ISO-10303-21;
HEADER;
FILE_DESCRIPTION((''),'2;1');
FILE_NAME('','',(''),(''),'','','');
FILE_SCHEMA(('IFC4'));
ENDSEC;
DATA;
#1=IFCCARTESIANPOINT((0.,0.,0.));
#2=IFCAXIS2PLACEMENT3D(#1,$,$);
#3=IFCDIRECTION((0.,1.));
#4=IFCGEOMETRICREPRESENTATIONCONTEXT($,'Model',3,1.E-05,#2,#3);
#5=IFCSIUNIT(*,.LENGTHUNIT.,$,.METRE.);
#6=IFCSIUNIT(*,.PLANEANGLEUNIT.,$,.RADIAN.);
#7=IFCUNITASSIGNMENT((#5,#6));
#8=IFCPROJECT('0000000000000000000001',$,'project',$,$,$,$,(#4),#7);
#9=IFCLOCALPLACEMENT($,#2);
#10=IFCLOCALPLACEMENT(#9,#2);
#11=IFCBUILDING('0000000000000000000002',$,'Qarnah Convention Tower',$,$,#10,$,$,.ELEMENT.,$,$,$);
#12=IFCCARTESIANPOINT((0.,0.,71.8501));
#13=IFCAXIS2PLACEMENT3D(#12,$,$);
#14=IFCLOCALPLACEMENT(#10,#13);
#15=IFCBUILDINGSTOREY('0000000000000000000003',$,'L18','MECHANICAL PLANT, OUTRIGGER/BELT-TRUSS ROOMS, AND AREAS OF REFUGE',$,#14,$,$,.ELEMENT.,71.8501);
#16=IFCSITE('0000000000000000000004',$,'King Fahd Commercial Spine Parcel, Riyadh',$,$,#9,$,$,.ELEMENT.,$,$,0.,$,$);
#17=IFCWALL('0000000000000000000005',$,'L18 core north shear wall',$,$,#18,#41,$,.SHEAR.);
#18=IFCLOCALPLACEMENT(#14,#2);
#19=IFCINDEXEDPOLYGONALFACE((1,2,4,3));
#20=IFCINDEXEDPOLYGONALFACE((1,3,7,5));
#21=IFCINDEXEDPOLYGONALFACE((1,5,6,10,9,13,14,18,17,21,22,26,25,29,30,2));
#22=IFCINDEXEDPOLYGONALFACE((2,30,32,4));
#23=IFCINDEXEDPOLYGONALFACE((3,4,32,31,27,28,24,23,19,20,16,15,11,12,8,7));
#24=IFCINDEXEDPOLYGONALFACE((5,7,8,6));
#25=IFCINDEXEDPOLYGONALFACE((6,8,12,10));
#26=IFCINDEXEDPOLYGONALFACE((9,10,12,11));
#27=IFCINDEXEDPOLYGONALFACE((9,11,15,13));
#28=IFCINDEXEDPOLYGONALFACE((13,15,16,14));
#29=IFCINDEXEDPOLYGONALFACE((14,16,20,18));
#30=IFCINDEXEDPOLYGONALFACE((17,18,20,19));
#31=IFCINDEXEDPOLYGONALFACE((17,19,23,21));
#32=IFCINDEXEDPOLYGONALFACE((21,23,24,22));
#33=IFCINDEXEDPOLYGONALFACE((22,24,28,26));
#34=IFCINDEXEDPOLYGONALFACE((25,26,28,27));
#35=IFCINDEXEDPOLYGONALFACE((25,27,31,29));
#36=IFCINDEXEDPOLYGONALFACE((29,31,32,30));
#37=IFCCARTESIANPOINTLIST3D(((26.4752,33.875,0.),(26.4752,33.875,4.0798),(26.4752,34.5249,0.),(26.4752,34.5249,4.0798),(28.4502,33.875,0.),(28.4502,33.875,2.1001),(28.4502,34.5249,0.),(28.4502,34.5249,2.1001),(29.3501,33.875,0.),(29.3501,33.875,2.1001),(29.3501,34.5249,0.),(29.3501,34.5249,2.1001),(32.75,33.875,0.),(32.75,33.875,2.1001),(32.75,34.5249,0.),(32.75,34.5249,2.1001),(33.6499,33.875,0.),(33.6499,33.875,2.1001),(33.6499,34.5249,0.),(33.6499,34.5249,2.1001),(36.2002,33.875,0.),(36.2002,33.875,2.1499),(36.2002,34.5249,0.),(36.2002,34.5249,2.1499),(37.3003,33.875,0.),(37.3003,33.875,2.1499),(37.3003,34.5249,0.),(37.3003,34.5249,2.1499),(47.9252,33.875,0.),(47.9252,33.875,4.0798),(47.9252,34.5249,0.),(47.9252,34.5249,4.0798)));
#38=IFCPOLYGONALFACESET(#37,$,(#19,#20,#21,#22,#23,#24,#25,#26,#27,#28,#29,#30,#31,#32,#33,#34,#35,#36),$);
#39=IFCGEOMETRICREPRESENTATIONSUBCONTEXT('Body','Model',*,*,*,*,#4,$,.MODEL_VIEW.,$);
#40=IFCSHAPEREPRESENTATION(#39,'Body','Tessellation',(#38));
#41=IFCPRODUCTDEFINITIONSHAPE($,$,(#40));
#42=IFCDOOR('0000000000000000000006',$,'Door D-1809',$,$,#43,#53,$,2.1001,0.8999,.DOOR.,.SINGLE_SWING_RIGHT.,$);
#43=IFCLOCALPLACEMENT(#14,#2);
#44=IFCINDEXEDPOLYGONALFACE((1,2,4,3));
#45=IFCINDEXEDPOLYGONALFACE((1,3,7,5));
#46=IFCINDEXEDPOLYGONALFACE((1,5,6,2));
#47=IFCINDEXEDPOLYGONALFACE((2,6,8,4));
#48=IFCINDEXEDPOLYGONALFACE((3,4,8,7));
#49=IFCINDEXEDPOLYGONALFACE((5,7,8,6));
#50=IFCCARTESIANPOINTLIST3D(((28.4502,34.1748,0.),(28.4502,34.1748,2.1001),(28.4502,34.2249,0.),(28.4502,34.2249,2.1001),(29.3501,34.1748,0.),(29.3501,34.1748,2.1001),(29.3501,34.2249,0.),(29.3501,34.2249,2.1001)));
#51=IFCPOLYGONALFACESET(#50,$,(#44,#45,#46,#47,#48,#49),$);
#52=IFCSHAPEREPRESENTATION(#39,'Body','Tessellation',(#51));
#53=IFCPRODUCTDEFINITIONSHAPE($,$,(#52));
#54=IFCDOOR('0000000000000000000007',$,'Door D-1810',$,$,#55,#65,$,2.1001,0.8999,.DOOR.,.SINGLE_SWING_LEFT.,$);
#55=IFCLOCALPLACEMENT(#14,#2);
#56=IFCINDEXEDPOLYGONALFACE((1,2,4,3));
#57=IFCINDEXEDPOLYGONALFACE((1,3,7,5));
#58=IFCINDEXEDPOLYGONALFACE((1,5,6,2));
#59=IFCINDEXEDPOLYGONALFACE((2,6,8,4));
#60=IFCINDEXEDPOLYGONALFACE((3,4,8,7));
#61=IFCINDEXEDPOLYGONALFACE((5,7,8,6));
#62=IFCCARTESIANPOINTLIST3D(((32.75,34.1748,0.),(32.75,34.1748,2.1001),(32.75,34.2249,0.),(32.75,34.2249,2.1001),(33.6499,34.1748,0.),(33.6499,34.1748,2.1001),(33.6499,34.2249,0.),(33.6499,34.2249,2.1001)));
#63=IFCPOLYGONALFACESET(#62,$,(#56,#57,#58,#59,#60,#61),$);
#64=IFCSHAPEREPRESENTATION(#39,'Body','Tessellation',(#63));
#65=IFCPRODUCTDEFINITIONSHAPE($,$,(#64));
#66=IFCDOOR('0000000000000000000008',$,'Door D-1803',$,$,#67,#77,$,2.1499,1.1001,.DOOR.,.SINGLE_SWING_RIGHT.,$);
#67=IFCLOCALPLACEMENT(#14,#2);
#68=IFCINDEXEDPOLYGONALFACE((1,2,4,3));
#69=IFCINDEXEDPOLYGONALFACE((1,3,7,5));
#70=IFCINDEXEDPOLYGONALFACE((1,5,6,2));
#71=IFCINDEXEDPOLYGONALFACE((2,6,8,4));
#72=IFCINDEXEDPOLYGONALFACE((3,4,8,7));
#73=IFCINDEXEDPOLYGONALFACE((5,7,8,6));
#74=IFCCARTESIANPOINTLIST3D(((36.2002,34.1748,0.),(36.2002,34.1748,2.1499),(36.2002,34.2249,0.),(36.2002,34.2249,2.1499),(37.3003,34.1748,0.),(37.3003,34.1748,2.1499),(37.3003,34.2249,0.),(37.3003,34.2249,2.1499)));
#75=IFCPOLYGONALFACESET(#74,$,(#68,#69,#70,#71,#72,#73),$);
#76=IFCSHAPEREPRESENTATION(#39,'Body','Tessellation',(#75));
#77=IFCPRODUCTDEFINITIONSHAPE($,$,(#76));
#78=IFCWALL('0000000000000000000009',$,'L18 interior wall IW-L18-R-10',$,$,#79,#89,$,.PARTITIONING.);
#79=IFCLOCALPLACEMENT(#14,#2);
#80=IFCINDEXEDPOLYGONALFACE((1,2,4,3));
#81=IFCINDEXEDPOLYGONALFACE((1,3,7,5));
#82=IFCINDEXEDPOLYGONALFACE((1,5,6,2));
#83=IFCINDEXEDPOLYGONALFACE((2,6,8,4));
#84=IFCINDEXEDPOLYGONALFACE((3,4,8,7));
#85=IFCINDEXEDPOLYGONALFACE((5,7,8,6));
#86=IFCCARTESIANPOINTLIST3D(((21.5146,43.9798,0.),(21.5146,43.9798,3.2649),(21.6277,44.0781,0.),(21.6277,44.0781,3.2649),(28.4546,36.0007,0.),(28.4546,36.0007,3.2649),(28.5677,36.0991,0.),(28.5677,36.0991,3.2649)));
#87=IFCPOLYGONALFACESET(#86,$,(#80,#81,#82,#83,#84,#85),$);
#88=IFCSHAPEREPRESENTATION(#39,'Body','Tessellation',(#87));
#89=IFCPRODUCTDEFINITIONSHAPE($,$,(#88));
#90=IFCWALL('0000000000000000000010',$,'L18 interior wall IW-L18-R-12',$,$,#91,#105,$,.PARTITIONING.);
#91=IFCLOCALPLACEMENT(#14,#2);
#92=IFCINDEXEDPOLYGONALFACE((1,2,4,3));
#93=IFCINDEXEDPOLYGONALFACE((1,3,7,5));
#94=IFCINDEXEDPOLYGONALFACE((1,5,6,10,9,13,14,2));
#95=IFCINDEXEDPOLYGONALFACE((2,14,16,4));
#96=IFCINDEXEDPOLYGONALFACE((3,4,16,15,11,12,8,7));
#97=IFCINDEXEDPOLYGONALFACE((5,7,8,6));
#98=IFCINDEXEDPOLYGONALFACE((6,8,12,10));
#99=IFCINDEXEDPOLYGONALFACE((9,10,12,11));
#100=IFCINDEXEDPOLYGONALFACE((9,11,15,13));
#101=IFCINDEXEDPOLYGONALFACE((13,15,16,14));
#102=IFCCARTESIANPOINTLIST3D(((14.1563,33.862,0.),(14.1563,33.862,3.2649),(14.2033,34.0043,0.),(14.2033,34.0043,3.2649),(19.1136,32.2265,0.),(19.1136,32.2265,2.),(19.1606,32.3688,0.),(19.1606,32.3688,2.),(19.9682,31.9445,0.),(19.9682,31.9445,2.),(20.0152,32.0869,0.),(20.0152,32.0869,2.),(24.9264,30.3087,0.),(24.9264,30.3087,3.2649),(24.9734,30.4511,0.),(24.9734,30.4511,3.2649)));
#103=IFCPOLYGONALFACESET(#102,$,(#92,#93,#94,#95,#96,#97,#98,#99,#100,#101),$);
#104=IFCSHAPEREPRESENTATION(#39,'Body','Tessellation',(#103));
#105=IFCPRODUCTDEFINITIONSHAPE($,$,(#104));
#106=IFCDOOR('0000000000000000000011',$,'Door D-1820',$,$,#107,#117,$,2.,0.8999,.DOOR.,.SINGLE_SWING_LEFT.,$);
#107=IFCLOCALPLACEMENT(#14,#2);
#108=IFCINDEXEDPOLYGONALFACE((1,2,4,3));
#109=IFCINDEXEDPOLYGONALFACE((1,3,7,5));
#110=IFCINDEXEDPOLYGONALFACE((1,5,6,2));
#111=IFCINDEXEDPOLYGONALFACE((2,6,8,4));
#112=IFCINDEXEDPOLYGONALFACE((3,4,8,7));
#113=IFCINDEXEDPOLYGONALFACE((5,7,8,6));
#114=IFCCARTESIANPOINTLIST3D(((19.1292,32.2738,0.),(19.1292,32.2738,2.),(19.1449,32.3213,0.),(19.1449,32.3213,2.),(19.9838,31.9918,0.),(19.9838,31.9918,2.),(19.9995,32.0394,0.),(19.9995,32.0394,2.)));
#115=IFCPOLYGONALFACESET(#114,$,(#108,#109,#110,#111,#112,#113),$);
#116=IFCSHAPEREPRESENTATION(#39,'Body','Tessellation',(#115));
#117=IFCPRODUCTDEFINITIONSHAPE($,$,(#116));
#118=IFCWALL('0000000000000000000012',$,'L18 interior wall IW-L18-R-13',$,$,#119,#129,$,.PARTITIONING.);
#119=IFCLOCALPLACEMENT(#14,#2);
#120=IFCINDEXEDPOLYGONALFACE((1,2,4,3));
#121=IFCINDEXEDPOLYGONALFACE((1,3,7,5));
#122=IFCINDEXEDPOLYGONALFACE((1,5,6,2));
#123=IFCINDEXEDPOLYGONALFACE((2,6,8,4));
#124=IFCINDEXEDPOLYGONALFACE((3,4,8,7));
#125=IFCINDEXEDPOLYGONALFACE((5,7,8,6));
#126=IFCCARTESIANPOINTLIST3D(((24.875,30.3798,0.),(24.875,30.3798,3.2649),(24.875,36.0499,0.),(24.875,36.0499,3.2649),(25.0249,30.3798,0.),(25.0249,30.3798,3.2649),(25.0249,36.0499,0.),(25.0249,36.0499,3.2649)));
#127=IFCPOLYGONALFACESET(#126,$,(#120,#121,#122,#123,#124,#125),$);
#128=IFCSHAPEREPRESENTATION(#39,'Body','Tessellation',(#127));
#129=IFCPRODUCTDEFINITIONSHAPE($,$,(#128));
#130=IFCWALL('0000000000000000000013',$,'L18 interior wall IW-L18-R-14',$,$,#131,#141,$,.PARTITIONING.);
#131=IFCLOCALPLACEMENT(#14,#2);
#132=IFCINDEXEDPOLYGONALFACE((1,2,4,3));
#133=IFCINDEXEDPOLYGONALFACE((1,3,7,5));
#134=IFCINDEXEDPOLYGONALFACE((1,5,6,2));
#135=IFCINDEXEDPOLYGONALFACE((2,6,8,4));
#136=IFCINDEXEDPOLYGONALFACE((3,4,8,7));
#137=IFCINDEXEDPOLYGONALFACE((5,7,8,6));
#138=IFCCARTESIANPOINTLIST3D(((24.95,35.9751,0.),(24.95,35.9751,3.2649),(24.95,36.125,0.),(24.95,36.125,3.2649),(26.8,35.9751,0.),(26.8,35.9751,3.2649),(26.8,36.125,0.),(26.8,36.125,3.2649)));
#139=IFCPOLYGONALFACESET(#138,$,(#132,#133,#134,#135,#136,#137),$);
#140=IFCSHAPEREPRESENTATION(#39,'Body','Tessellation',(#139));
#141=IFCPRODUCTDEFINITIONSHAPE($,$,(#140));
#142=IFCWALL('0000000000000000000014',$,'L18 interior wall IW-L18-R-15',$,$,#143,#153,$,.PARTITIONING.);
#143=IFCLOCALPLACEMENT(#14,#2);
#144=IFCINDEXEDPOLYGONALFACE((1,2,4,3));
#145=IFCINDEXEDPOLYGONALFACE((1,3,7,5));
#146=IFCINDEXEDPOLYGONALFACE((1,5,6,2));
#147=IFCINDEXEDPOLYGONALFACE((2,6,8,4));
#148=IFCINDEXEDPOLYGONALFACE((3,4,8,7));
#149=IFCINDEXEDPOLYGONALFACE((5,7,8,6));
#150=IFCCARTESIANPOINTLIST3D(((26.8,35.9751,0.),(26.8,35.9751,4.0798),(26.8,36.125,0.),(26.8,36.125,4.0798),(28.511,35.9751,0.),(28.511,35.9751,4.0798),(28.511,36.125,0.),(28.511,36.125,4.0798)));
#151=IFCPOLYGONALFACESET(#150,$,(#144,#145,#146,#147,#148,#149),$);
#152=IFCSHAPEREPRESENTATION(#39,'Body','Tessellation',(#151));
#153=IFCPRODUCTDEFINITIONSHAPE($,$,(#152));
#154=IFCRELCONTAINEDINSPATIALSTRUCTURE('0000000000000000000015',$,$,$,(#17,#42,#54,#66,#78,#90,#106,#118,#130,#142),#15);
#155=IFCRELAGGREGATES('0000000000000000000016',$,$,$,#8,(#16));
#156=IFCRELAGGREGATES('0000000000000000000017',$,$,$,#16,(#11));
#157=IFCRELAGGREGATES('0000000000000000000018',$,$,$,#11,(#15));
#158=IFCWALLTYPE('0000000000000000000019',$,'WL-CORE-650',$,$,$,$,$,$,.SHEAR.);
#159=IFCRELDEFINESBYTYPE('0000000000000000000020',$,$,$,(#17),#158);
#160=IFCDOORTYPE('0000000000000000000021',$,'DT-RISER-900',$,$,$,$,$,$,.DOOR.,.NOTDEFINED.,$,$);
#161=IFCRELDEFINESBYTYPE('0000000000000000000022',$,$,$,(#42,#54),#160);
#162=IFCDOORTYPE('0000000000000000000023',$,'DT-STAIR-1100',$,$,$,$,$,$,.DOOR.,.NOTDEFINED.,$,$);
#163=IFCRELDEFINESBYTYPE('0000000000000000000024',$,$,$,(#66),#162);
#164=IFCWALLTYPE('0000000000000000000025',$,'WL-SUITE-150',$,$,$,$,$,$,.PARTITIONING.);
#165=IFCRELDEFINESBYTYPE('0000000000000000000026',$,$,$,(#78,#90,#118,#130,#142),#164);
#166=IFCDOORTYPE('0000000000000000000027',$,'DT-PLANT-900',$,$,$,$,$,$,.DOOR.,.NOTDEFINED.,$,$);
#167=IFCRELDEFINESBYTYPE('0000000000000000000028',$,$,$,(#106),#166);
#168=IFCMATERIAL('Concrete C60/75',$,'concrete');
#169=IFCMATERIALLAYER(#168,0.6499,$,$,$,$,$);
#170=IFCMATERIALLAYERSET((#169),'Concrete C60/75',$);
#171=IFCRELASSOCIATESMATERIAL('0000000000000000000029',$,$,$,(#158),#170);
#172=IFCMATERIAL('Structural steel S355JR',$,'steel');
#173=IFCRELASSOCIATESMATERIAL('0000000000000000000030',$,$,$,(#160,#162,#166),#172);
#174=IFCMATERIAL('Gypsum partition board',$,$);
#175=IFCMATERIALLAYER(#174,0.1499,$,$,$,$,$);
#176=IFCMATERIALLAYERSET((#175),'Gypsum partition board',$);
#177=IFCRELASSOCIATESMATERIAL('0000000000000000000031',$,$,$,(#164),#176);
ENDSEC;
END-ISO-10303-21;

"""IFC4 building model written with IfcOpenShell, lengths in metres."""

from ifc_helpers import new_model, si_unit, direction, frame, frame_2d, origin, place, context, subcontext, project, spatial, rectangle, extrude, material, layer, layer_set, type_object, element, fill, save


model = new_model("IFC4")

# Units and contexts
model_context = context("Model", 3, precision=1e-05, world=origin(), true_north=direction((0.0, 1.0)))
body_context = subcontext(model_context, "Body", "Model", "MODEL_VIEW")
ifc_project = project(units=[si_unit("LENGTHUNIT", "METRE"), si_unit("PLANEANGLEUNIT", "RADIAN")], contexts=[model_context])

# Site, building, storey
site_placement = place(None, origin())
site = spatial("IfcSite", under=ifc_project, at=site_placement, Name="King Fahd Commercial Spine Parcel, Riyadh", CompositionType="ELEMENT", RefElevation=0.0)
building_placement = place(site_placement, origin())
building = spatial("IfcBuilding", under=site, at=building_placement, Name="Qarnah Convention Tower", CompositionType="ELEMENT")
storey_placement = place(building_placement, frame((0.0, 0.0, 71.8501)))
storey = spatial("IfcBuildingStorey", under=building, at=storey_placement, Name="L18", Description="MECHANICAL PLANT, OUTRIGGER/BELT-TRUSS ROOMS, AND AREAS OF REFUGE", CompositionType="ELEMENT", Elevation=71.8501)

# Shared definitions
ifc_material_1 = material(Name="Concrete C60/75", Category="concrete")

# Shared definitions
ifc_material_2 = material(Name="Structural steel S355JR", Category="steel")

# Wall, openings, doors
ifc_layer_1 = layer(ifc_material_1, 0.6499)
ifc_layer_set_1 = layer_set([ifc_layer_1], Name="Concrete C60/75")
wall_type_1 = type_object("IfcWallType", Name="WL-CORE-650", PredefinedType="SHEAR", material=ifc_layer_set_1)
wall_1_placement = place(storey_placement, frame((26.4751, 34.2, 0.0), z_axis=(0.0, 0.0, 1.0), x_axis=(1.0, 0.0, 0.0)))
wall_1 = element("IfcWall", 1, at=wall_1_placement, inside=storey, type_object=wall_type_1, Name="L18 core north shear wall", PredefinedType="SHEAR", context=body_context, shape_type="SweptSolid", body=[
    extrude(rectangle(XDim=21.45, YDim=0.6499, at=frame_2d((10.7251, 0.0))), origin(), (0.0, 0.0, 1.0), 4.0798),
])
opening_1_placement = place(wall_1_placement, frame((9.7251, 0.0, 0.0)))
opening_1 = element("IfcOpeningElement", 2, at=opening_1_placement, cuts=wall_1, PredefinedType="OPENING", context=body_context, shape_type="SweptSolid", body=[
    extrude(rectangle(XDim=1.1001, YDim=2.1499, at=frame_2d((0.55, 1.075))), frame((0.0, 0.335, 0.0), z_axis=(0.0, -1.0, 0.0), x_axis=(1.0, 0.0, 0.0)), (0.0, 0.0, 1.0), 0.6699),
])
opening_2_placement = place(wall_1_placement, frame((1.9751, 0.0, 0.0)))
opening_2 = element("IfcOpeningElement", 3, at=opening_2_placement, cuts=wall_1, PredefinedType="OPENING", context=body_context, shape_type="SweptSolid", body=[
    extrude(rectangle(XDim=0.8999, YDim=2.1001, at=frame_2d((0.45, 1.05))), frame((0.0, 0.335, 0.0), z_axis=(0.0, -1.0, 0.0), x_axis=(1.0, 0.0, 0.0)), (0.0, 0.0, 1.0), 0.6699),
])
opening_3_placement = place(wall_1_placement, frame((6.2749, 0.0, 0.0)))
opening_3 = element("IfcOpeningElement", 4, at=opening_3_placement, cuts=wall_1, PredefinedType="OPENING", context=body_context, shape_type="SweptSolid", body=[
    extrude(rectangle(XDim=0.8999, YDim=2.1001, at=frame_2d((0.45, 1.05))), frame((0.0, 0.335, 0.0), z_axis=(0.0, -1.0, 0.0), x_axis=(1.0, 0.0, 0.0)), (0.0, 0.0, 1.0), 0.6699),
])
door_type_1 = type_object("IfcDoorType", Name="DT-RISER-900", OperationType="NOTDEFINED", PredefinedType="DOOR", material=ifc_material_2)
door_1_placement = place(opening_2_placement, origin())
door_1 = element("IfcDoor", 5, at=door_1_placement, inside=storey, type_object=door_type_1, Name="Door D-1809", OperationType="SINGLE_SWING_RIGHT", OverallHeight=2.1001, OverallWidth=0.8999, PredefinedType="DOOR", context=body_context, shape_type="SweptSolid", body=[
    extrude(rectangle(XDim=0.8999, YDim=2.1001, at=frame_2d((0.45, 1.05))), frame((0.0, 0.0249, 0.0), z_axis=(0.0, -1.0, 0.0), x_axis=(1.0, 0.0, 0.0)), (0.0, 0.0, 1.0), 0.05),
])
fill(opening_2, door_1)
door_2_placement = place(opening_3_placement, origin())
door_2 = element("IfcDoor", 6, at=door_2_placement, inside=storey, type_object=door_type_1, Name="Door D-1810", OperationType="SINGLE_SWING_LEFT", OverallHeight=2.1001, OverallWidth=0.8999, PredefinedType="DOOR", context=body_context, shape_type="SweptSolid", body=[
    extrude(rectangle(XDim=0.8999, YDim=2.1001, at=frame_2d((0.45, 1.05))), frame((0.0, 0.0249, 0.0), z_axis=(0.0, -1.0, 0.0), x_axis=(1.0, 0.0, 0.0)), (0.0, 0.0, 1.0), 0.05),
])
fill(opening_3, door_2)
door_type_2 = type_object("IfcDoorType", Name="DT-STAIR-1100", OperationType="NOTDEFINED", PredefinedType="DOOR", material=ifc_material_2)
door_3_placement = place(opening_1_placement, origin())
door_3 = element("IfcDoor", 7, at=door_3_placement, inside=storey, type_object=door_type_2, Name="Door D-1803", OperationType="SINGLE_SWING_RIGHT", OverallHeight=2.1499, OverallWidth=1.1001, PredefinedType="DOOR", context=body_context, shape_type="SweptSolid", body=[
    extrude(rectangle(XDim=1.1001, YDim=2.1499, at=frame_2d((0.55, 1.075))), frame((0.0, 0.0249, 0.0), z_axis=(0.0, -1.0, 0.0), x_axis=(1.0, 0.0, 0.0)), (0.0, 0.0, 1.0), 0.05),
])
fill(opening_1, door_3)

# Wall
ifc_material_3 = material(Name="Gypsum partition board")
ifc_layer_2 = layer(ifc_material_3, 0.1499)
ifc_layer_set_2 = layer_set([ifc_layer_2], Name="Gypsum partition board")
wall_type_2 = type_object("IfcWallType", Name="WL-SUITE-150", PredefinedType="PARTITIONING", material=ifc_layer_set_2)
wall_2_placement = place(storey_placement, frame((21.571, 44.0291, 0.0), z_axis=(0.0, 0.0, 1.0), x_axis=(0.656269, -0.754527, 0.0)))
element("IfcWall", 8, at=wall_2_placement, inside=storey, type_object=wall_type_2, Name="L18 interior wall IW-L18-R-10", PredefinedType="PARTITIONING", context=body_context, shape_type="SweptSolid", body=[
    extrude(rectangle(XDim=10.575, YDim=0.1499, at=frame_2d((5.2876, 0.0))), origin(), (0.0, 0.0, 1.0), 3.2649),
])

# Wall, opening, door
wall_3_placement = place(storey_placement, frame((14.1799, 33.9331, 0.0), z_axis=(0.0, 0.0, 1.0), x_axis=(0.949652, -0.313307, 0.0)))
wall_3 = element("IfcWall", 9, at=wall_3_placement, inside=storey, type_object=wall_type_2, Name="L18 interior wall IW-L18-R-12", PredefinedType="PARTITIONING", context=body_context, shape_type="SweptSolid", body=[
    extrude(rectangle(XDim=11.3411, YDim=0.1499, at=frame_2d((5.6704, 0.0))), origin(), (0.0, 0.0, 1.0), 3.2649),
])
opening_4_placement = place(wall_3_placement, frame((5.22, 0.0, 0.0)))
opening_4 = element("IfcOpeningElement", 10, at=opening_4_placement, cuts=wall_3, PredefinedType="OPENING", context=body_context, shape_type="SweptSolid", body=[
    extrude(rectangle(XDim=0.8999, YDim=2.0, at=frame_2d((0.45, 1.0))), frame((0.0, 0.085, 0.0), z_axis=(0.0, -1.0, 0.0), x_axis=(1.0, 0.0, 0.0)), (0.0, 0.0, 1.0), 0.1699),
])
door_type_3 = type_object("IfcDoorType", Name="DT-PLANT-900", OperationType="NOTDEFINED", PredefinedType="DOOR", material=ifc_material_2)
door_4_placement = place(opening_4_placement, origin())
door_4 = element("IfcDoor", 11, at=door_4_placement, inside=storey, type_object=door_type_3, Name="Door D-1820", OperationType="SINGLE_SWING_LEFT", OverallHeight=2.0, OverallWidth=0.8999, PredefinedType="DOOR", context=body_context, shape_type="SweptSolid", body=[
    extrude(rectangle(XDim=0.8999, YDim=2.0, at=frame_2d((0.45, 1.0))), frame((0.0, 0.0249, 0.0), z_axis=(0.0, -1.0, 0.0), x_axis=(1.0, 0.0, 0.0)), (0.0, 0.0, 1.0), 0.05),
])
fill(opening_4, door_4)

# Walls
wall_4_placement = place(storey_placement, frame((24.95, 30.3799, 0.0), z_axis=(0.0, 0.0, 1.0), x_axis=(0.0, 1.0, 0.0)))
element("IfcWall", 12, at=wall_4_placement, inside=storey, type_object=wall_type_2, Name="L18 interior wall IW-L18-R-13", PredefinedType="PARTITIONING", context=body_context, shape_type="SweptSolid", body=[
    extrude(rectangle(XDim=5.6702, YDim=0.1499, at=frame_2d((2.835, 0.0))), origin(), (0.0, 0.0, 1.0), 3.2649),
])
wall_5_placement = place(storey_placement, frame((24.95, 36.05, 0.0), z_axis=(0.0, 0.0, 1.0), x_axis=(1.0, 0.0, 0.0)))
element("IfcWall", 13, at=wall_5_placement, inside=storey, type_object=wall_type_2, Name="L18 interior wall IW-L18-R-14", PredefinedType="PARTITIONING", context=body_context, shape_type="SweptSolid", body=[
    extrude(rectangle(XDim=1.8501, YDim=0.1499, at=frame_2d((0.925, 0.0))), origin(), (0.0, 0.0, 1.0), 3.2649),
])
wall_6_placement = place(storey_placement, frame((26.8, 36.05, 0.0), z_axis=(0.0, 0.0, 1.0), x_axis=(1.0, 0.0, 0.0)))
element("IfcWall", 14, at=wall_6_placement, inside=storey, type_object=wall_type_2, Name="L18 interior wall IW-L18-R-15", PredefinedType="PARTITIONING", context=body_context, shape_type="SweptSolid", body=[
    extrude(rectangle(XDim=1.7109, YDim=0.1499, at=frame_2d((0.8555, 0.0))), origin(), (0.0, 0.0, 1.0), 4.0798),
])

save(model, "model.ifc")
